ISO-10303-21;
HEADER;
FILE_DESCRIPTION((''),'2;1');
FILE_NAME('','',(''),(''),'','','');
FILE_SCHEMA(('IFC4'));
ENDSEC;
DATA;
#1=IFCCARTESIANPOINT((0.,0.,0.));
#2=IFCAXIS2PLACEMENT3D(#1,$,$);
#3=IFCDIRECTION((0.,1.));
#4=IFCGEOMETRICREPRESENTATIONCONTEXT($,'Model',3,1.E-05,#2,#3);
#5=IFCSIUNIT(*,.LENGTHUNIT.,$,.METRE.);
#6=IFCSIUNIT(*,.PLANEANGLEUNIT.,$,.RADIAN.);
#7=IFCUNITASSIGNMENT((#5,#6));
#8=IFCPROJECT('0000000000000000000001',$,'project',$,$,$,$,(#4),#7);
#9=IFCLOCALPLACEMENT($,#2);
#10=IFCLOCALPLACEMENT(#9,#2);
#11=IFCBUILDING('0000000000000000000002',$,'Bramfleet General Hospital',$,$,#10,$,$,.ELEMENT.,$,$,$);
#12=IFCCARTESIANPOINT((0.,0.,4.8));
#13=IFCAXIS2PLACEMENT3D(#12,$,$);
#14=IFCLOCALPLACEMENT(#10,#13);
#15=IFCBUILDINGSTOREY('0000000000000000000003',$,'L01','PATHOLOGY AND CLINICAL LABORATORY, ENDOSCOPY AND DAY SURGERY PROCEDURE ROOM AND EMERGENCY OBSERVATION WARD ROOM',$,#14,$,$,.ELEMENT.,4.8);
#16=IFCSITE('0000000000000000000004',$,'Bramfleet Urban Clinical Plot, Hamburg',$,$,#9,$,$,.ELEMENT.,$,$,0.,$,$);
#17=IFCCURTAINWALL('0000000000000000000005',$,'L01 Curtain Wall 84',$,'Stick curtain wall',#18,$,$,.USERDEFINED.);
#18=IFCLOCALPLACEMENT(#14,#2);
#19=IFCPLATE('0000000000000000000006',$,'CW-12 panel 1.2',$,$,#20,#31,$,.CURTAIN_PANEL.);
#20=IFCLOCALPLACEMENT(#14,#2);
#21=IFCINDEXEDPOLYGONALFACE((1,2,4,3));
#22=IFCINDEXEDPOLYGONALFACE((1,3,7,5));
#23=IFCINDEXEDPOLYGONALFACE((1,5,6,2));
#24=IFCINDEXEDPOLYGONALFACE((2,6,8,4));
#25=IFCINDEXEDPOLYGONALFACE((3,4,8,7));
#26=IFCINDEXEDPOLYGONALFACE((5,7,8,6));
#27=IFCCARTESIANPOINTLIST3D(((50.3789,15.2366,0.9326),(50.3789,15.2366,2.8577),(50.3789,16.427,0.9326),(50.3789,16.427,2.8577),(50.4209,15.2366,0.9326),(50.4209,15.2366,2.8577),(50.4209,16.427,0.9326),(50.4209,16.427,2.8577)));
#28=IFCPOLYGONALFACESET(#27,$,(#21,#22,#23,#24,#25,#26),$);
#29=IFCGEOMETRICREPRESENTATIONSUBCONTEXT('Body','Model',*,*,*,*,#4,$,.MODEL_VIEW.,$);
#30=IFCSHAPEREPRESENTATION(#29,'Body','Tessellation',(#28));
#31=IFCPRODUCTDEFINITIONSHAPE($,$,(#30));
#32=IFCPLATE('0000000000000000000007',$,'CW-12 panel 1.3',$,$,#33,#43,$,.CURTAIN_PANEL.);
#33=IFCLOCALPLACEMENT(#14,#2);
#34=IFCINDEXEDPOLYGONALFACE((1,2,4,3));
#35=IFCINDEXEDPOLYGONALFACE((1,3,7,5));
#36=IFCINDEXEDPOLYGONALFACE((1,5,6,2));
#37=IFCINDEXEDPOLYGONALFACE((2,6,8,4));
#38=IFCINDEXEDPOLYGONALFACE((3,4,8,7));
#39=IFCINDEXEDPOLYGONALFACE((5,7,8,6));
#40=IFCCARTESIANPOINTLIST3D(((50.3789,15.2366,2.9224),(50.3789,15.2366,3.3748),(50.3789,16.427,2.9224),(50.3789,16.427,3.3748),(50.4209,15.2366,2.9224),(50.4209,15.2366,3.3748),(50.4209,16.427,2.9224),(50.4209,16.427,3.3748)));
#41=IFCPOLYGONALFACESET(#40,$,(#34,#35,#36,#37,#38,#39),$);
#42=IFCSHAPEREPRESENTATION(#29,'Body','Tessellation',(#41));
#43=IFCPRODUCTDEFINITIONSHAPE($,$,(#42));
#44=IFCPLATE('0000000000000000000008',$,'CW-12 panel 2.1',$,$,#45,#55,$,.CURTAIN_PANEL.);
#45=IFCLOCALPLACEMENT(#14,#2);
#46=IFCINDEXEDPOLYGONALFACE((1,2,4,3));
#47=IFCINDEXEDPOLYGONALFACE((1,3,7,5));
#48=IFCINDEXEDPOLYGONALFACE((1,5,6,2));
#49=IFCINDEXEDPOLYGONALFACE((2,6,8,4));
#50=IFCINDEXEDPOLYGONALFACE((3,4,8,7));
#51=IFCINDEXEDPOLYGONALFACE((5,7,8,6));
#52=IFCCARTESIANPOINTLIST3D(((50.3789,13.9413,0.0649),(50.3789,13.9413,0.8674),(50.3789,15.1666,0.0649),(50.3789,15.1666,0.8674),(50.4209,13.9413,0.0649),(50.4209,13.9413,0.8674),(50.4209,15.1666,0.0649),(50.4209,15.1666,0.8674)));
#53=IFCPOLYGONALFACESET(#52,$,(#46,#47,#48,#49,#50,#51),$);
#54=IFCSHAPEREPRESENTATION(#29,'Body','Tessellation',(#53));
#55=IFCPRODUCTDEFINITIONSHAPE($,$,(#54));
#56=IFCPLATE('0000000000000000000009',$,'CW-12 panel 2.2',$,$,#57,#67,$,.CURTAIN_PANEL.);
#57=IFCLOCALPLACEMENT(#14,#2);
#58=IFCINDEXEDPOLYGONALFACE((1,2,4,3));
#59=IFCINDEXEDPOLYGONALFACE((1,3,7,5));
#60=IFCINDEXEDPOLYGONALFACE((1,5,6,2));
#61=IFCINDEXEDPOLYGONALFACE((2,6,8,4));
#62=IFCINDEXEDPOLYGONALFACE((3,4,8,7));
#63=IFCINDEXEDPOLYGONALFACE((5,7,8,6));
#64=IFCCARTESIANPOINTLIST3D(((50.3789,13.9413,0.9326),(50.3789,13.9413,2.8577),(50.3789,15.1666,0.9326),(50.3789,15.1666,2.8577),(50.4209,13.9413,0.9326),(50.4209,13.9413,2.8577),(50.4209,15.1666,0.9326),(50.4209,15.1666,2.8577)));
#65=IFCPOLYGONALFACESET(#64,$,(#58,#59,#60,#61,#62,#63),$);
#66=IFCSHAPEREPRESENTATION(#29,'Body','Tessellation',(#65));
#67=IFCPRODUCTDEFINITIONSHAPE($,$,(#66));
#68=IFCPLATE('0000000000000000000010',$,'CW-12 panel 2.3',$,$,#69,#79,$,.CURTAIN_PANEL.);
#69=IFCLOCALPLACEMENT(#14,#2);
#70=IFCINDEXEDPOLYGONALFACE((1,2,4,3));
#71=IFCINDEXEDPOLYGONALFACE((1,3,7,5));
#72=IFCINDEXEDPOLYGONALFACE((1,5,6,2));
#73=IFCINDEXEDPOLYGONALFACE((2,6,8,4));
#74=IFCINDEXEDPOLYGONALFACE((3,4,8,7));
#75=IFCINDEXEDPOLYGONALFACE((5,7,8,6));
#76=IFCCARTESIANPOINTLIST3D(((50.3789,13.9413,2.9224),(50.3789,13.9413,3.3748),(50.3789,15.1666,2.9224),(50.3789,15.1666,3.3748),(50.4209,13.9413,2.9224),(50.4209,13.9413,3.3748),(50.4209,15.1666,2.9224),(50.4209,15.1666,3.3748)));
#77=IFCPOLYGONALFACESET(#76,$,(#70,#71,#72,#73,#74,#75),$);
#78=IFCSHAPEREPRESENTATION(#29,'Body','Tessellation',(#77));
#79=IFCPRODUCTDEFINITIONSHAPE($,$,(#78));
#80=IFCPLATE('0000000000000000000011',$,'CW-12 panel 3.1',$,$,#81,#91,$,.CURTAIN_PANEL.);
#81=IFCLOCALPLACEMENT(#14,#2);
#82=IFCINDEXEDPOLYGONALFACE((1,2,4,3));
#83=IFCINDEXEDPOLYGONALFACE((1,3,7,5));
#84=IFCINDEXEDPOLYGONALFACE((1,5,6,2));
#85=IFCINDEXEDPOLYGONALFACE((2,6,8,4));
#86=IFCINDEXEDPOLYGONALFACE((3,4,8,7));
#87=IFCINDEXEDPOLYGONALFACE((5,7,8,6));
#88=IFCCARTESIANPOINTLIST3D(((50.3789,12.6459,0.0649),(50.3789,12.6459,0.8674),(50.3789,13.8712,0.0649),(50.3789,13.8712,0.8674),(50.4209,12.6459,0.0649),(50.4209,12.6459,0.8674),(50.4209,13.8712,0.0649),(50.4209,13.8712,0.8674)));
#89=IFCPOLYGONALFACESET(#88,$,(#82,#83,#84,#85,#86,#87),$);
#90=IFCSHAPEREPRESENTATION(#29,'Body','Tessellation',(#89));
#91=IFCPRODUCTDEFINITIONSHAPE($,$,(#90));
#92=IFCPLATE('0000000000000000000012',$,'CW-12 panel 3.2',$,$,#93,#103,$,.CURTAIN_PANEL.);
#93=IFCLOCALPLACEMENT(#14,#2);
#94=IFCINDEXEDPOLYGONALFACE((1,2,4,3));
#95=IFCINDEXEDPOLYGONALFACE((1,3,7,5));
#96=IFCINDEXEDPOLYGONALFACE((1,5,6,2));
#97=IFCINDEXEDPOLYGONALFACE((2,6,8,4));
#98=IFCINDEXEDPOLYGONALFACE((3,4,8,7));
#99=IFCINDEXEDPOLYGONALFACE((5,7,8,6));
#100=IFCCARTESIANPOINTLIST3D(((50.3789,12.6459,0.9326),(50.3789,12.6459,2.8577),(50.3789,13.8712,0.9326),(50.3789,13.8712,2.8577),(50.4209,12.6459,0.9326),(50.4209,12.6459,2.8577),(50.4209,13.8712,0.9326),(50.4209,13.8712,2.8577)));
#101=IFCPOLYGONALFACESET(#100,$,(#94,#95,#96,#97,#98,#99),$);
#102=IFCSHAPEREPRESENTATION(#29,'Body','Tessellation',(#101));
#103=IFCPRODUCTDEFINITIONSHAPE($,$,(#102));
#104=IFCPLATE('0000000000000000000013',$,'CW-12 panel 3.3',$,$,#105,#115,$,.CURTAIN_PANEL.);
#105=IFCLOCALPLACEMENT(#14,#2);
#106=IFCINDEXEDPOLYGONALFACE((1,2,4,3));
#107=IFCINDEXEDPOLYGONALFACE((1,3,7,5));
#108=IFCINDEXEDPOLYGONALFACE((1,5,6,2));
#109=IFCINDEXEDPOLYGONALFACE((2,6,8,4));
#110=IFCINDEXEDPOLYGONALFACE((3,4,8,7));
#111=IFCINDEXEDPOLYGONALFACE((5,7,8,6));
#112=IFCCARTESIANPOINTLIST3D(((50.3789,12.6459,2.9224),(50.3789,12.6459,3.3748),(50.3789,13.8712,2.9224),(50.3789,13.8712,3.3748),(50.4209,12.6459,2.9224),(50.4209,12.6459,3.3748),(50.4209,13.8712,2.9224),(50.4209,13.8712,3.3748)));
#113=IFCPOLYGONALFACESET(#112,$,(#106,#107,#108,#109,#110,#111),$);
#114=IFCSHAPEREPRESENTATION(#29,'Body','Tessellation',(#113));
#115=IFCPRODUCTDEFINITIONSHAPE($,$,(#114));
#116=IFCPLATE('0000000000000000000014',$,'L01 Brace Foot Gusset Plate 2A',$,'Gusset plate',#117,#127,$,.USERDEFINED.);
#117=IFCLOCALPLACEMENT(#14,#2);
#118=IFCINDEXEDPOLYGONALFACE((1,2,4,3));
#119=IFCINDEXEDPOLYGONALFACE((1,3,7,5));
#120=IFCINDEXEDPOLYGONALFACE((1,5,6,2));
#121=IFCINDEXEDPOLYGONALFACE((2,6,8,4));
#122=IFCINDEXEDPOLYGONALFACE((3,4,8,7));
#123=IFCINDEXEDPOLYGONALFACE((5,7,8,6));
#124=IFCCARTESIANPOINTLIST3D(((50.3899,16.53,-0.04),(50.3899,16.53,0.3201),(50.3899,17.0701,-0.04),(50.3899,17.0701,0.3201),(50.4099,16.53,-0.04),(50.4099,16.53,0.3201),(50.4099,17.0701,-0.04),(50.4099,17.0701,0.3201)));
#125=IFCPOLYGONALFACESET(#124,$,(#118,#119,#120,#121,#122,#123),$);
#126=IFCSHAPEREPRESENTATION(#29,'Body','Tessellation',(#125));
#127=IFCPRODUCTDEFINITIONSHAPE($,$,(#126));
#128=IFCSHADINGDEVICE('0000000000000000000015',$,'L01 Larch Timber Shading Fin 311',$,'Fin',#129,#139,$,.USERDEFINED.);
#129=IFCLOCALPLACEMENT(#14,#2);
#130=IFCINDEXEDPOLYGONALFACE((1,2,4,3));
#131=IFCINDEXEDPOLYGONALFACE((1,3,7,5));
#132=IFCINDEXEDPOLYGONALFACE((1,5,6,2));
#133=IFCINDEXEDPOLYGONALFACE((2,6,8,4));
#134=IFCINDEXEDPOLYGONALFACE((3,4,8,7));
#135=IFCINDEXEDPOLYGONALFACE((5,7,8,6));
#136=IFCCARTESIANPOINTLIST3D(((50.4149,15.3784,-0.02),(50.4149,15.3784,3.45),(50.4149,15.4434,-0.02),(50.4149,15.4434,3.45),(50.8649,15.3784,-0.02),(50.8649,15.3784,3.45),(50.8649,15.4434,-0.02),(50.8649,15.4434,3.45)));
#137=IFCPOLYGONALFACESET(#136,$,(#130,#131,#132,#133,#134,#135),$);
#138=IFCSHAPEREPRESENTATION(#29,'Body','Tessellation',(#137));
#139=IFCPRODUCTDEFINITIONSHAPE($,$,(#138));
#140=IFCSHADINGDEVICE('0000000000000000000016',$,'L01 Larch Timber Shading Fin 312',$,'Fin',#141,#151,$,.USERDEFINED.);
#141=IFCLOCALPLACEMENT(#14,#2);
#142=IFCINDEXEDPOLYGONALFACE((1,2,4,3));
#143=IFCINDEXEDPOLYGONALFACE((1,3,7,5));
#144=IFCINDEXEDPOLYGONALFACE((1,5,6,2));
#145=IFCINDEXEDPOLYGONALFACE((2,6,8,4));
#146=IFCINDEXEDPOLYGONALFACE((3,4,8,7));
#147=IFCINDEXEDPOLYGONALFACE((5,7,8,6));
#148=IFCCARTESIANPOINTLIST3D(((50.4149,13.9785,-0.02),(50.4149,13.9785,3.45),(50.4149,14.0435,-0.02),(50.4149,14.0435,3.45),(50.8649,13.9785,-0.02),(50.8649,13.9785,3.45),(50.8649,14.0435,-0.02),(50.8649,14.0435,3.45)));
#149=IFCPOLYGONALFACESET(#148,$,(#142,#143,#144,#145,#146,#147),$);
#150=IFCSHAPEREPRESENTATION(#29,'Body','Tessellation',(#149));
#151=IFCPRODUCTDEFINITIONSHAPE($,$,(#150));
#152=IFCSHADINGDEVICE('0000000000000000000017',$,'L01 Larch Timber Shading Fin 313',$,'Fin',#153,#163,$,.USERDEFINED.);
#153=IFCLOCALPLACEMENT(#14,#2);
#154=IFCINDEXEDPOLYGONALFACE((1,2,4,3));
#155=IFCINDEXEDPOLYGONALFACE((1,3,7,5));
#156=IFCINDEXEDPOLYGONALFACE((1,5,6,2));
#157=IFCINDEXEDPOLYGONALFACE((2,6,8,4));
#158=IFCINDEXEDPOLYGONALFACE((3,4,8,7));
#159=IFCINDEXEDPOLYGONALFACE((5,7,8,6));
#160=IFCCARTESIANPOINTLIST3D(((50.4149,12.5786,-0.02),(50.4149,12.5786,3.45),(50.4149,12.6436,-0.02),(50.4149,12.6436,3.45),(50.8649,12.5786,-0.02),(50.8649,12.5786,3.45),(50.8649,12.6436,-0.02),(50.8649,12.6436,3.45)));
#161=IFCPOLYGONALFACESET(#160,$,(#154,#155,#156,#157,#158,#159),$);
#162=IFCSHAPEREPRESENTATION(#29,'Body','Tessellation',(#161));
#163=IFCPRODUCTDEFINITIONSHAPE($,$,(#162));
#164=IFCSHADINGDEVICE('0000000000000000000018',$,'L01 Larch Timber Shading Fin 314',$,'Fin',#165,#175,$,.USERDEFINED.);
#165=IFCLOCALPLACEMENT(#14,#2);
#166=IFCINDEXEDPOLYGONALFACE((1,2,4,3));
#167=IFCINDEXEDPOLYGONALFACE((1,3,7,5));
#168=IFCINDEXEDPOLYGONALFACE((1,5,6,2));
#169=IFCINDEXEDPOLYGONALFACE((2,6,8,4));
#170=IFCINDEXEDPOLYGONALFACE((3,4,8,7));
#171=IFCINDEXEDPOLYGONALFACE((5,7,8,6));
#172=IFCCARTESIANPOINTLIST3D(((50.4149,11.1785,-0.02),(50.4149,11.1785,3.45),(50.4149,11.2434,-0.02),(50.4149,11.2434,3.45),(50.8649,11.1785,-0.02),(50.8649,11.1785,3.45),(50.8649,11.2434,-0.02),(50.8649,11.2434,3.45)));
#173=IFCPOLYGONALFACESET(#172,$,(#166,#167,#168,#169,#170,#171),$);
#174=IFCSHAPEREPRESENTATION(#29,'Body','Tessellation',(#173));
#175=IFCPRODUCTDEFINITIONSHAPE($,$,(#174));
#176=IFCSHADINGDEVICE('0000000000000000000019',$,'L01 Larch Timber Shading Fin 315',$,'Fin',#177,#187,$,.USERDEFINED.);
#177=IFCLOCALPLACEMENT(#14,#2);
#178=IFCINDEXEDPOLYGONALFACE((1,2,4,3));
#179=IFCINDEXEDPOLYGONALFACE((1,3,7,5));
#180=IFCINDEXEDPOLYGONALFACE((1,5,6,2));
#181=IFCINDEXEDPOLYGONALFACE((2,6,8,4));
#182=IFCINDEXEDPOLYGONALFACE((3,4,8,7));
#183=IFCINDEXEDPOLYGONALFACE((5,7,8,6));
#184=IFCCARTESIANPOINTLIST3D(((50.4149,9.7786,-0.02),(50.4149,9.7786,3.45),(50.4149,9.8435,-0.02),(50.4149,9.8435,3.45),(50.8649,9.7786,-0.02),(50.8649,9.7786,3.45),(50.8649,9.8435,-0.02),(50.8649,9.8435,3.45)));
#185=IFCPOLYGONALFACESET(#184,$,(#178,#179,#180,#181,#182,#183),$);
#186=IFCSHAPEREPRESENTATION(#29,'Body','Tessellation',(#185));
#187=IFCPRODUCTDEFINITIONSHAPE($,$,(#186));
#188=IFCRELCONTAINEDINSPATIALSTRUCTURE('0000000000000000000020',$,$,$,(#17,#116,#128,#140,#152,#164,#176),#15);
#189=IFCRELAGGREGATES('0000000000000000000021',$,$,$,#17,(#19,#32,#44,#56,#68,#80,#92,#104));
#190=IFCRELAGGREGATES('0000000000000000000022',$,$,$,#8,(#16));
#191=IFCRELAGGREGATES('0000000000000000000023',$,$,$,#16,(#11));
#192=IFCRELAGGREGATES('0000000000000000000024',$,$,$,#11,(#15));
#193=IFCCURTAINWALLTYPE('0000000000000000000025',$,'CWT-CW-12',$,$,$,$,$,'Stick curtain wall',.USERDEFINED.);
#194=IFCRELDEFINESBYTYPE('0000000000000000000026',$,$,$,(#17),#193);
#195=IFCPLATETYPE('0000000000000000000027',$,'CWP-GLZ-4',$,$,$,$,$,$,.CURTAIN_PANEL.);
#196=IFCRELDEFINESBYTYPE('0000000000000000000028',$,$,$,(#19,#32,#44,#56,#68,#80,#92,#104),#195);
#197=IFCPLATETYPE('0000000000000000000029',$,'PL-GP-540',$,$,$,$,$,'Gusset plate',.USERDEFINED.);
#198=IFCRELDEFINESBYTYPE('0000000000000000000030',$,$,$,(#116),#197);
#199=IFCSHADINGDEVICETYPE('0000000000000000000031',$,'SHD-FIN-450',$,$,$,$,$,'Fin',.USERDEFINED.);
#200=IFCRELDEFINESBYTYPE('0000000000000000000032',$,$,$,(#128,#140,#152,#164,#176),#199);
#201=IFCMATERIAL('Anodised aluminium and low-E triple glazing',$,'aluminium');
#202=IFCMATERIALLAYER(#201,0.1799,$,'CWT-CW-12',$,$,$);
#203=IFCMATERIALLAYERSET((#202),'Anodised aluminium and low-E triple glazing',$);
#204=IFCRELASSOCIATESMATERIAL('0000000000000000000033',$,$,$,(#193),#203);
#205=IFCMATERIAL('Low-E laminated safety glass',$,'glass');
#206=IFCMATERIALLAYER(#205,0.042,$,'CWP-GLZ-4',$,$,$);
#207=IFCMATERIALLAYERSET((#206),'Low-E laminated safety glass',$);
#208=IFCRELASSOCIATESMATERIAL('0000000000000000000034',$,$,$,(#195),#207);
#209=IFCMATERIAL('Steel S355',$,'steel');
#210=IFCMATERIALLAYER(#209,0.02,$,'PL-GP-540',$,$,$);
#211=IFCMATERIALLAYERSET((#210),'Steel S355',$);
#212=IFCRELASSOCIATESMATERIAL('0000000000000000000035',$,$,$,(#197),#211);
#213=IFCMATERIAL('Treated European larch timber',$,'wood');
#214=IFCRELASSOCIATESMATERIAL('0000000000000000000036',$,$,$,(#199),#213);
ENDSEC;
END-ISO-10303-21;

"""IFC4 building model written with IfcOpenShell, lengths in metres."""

from ifc_helpers import new_model, si_unit, direction, frame, origin, origin_2d, place, context, subcontext, project, spatial, rectangle, extrude, material, layer, layer_set, material_profile, profile_set, type_object, element, aggregate, save


model = new_model("IFC4")

# Units and contexts
model_context = context("Model", 3, precision=1e-05, world=origin(), true_north=direction((0.0, 1.0)))
body_context = subcontext(model_context, "Body", "Model", "MODEL_VIEW")
ifc_project = project(units=[si_unit("LENGTHUNIT", "METRE"), si_unit("PLANEANGLEUNIT", "RADIAN")], contexts=[model_context])

# Site, building, storey
site_placement = place(None, origin())
site = spatial("IfcSite", under=ifc_project, at=site_placement, Name="Bramfleet Urban Clinical Plot, Hamburg", CompositionType="ELEMENT", RefElevation=0.0)
building_placement = place(site_placement, origin())
building = spatial("IfcBuilding", under=site, at=building_placement, Name="Bramfleet General Hospital", CompositionType="ELEMENT")
storey_placement = place(building_placement, frame((0.0, 0.0, 4.8)))
storey = spatial("IfcBuildingStorey", under=building, at=storey_placement, Name="L01", Description="PATHOLOGY AND CLINICAL LABORATORY, ENDOSCOPY AND DAY SURGERY PROCEDURE ROOM AND EMERGENCY OBSERVATION WARD ROOM", CompositionType="ELEMENT", Elevation=4.8)

# Shared definitions
ifc_material_1 = material(Name="Steel S355", Category="steel")

# Shared definitions
ifc_material_2 = material(Name="Anodised aluminium and low-E triple glazing", Category="aluminium")

# Curtain wall
ifc_layer_1 = layer(ifc_material_2, 0.1799, Name="CWT-CW-12")
ifc_layer_set_1 = layer_set([ifc_layer_1], Name="Anodised aluminium and low-E triple glazing")
curtain_wall_type_1 = type_object("IfcCurtainWallType", Name="CWT-CW-12", ElementType="Stick curtain wall", PredefinedType="USERDEFINED", material=ifc_layer_set_1)
curtain_wall_1_placement = place(storey_placement, origin())
curtain_wall_1 = element("IfcCurtainWall", 1, at=curtain_wall_1_placement, inside=storey, type_object=curtain_wall_type_1, Name="L01 Curtain Wall 84", ObjectType="Stick curtain wall", PredefinedType="USERDEFINED")

# Plates
ifc_material_3 = material(Name="Low-E laminated safety glass", Category="glass")
ifc_layer_2 = layer(ifc_material_3, 0.042, Name="CWP-GLZ-4")
ifc_layer_set_2 = layer_set([ifc_layer_2], Name="Low-E laminated safety glass")
plate_type_1 = type_object("IfcPlateType", Name="CWP-GLZ-4", PredefinedType="CURTAIN_PANEL", material=ifc_layer_set_2)
plate_1_placement = place(storey_placement, frame((50.3999, 15.8318, 0.9326), z_axis=(0.0, 0.0, 1.0), x_axis=(0.0, -1.0, 0.0)))
plate_1 = element("IfcPlate", 2, at=plate_1_placement, type_object=plate_type_1, Name="CW-12 panel 1.2", PredefinedType="CURTAIN_PANEL", context=body_context, shape_type="SweptSolid", body=[
    extrude(rectangle(XDim=1.1904, YDim=0.042, at=origin_2d()), origin(), (0.0, 0.0, 1.0), 1.925),
])
plate_2_placement = place(storey_placement, frame((50.3999, 15.8318, 2.9224), z_axis=(0.0, 0.0, 1.0), x_axis=(0.0, -1.0, 0.0)))
plate_2 = element("IfcPlate", 3, at=plate_2_placement, type_object=plate_type_1, Name="CW-12 panel 1.3", PredefinedType="CURTAIN_PANEL", context=body_context, shape_type="SweptSolid", body=[
    extrude(rectangle(XDim=1.1904, YDim=0.042, at=origin_2d()), origin(), (0.0, 0.0, 1.0), 0.4524),
])
plate_3_placement = place(storey_placement, frame((50.3999, 14.554, 0.0649), z_axis=(0.0, 0.0, 1.0), x_axis=(0.0, -1.0, 0.0)))
plate_3 = element("IfcPlate", 4, at=plate_3_placement, type_object=plate_type_1, Name="CW-12 panel 2.1", PredefinedType="CURTAIN_PANEL", context=body_context, shape_type="SweptSolid", body=[
    extrude(rectangle(XDim=1.2253, YDim=0.042, at=origin_2d()), origin(), (0.0, 0.0, 1.0), 0.8025),
])
plate_4_placement = place(storey_placement, frame((50.3999, 14.554, 0.9326), z_axis=(0.0, 0.0, 1.0), x_axis=(0.0, -1.0, 0.0)))
plate_4 = element("IfcPlate", 5, at=plate_4_placement, type_object=plate_type_1, Name="CW-12 panel 2.2", PredefinedType="CURTAIN_PANEL", context=body_context, shape_type="SweptSolid", body=[
    extrude(rectangle(XDim=1.2253, YDim=0.042, at=origin_2d()), origin(), (0.0, 0.0, 1.0), 1.925),
])
plate_5_placement = place(storey_placement, frame((50.3999, 14.554, 2.9224), z_axis=(0.0, 0.0, 1.0), x_axis=(0.0, -1.0, 0.0)))
plate_5 = element("IfcPlate", 6, at=plate_5_placement, type_object=plate_type_1, Name="CW-12 panel 2.3", PredefinedType="CURTAIN_PANEL", context=body_context, shape_type="SweptSolid", body=[
    extrude(rectangle(XDim=1.2253, YDim=0.042, at=origin_2d()), origin(), (0.0, 0.0, 1.0), 0.4524),
])
plate_6_placement = place(storey_placement, frame((50.3999, 13.2585, 0.0649), z_axis=(0.0, 0.0, 1.0), x_axis=(0.0, -1.0, 0.0)))
plate_6 = element("IfcPlate", 7, at=plate_6_placement, type_object=plate_type_1, Name="CW-12 panel 3.1", PredefinedType="CURTAIN_PANEL", context=body_context, shape_type="SweptSolid", body=[
    extrude(rectangle(XDim=1.2253, YDim=0.042, at=origin_2d()), origin(), (0.0, 0.0, 1.0), 0.8025),
])
plate_7_placement = place(storey_placement, frame((50.3999, 13.2585, 0.9326), z_axis=(0.0, 0.0, 1.0), x_axis=(0.0, -1.0, 0.0)))
plate_7 = element("IfcPlate", 8, at=plate_7_placement, type_object=plate_type_1, Name="CW-12 panel 3.2", PredefinedType="CURTAIN_PANEL", context=body_context, shape_type="SweptSolid", body=[
    extrude(rectangle(XDim=1.2253, YDim=0.042, at=origin_2d()), origin(), (0.0, 0.0, 1.0), 1.925),
])
plate_8_placement = place(storey_placement, frame((50.3999, 13.2585, 2.9224), z_axis=(0.0, 0.0, 1.0), x_axis=(0.0, -1.0, 0.0)))
plate_8 = element("IfcPlate", 9, at=plate_8_placement, type_object=plate_type_1, Name="CW-12 panel 3.3", PredefinedType="CURTAIN_PANEL", context=body_context, shape_type="SweptSolid", body=[
    extrude(rectangle(XDim=1.2253, YDim=0.042, at=origin_2d()), origin(), (0.0, 0.0, 1.0), 0.4524),
])
aggregate(curtain_wall_1, [plate_1, plate_2, plate_3, plate_4, plate_5, plate_6, plate_7, plate_8])
ifc_layer_3 = layer(ifc_material_1, 0.02, Name="PL-GP-540")
ifc_layer_set_3 = layer_set([ifc_layer_3], Name="Steel S355")
plate_type_2 = type_object("IfcPlateType", Name="PL-GP-540", ElementType="Gusset plate", PredefinedType="USERDEFINED", material=ifc_layer_set_3)
plate_9_placement = place(storey_placement, frame((50.3999, 16.8, -0.04), z_axis=(0.0, 0.0, 1.0), x_axis=(1.0, 0.0, 0.0)))
element("IfcPlate", 10, at=plate_9_placement, inside=storey, type_object=plate_type_2, Name="L01 Brace Foot Gusset Plate 2A", ObjectType="Gusset plate", PredefinedType="USERDEFINED", context=body_context, shape_type="SweptSolid", body=[
    extrude(rectangle(XDim=0.02, YDim=0.54, at=origin_2d()), origin(), (0.0, 0.0, 1.0), 0.3601),
])

# Shading devices
ifc_material_4 = material(Name="Treated European larch timber", Category="wood")
ifc_material_profile_1 = material_profile(ifc_material_4, rectangle(XDim=0.0649, YDim=0.45, at=origin_2d()), Name="LARCH FIN 450x65")
ifc_profile_set_1 = profile_set([ifc_material_profile_1], Name="Treated European larch timber")
shading_device_type = type_object("IfcShadingDeviceType", Name="SHD-FIN-450", ElementType="Fin", PredefinedType="USERDEFINED", material=ifc_profile_set_1)
for number, where, z_axis, x_axis, name in (
    (11, (50.6399, 15.4109, -0.02), (0.0, 0.0, 1.0), (0.0, -1.0, 0.0), "L01 Larch Timber Shading Fin 311"),
    (12, (50.6399, 14.011, -0.02), (0.0, 0.0, 1.0), (0.0, -1.0, 0.0), "L01 Larch Timber Shading Fin 312"),
    (13, (50.6399, 12.6111, -0.02), (0.0, 0.0, 1.0), (0.0, -1.0, 0.0), "L01 Larch Timber Shading Fin 313"),
    (14, (50.6399, 11.2109, -0.02), (0.0, 0.0, 1.0), (0.0, -1.0, 0.0), "L01 Larch Timber Shading Fin 314"),
    (15, (50.6399, 9.811, -0.02), (0.0, 0.0, 1.0), (0.0, -1.0, 0.0), "L01 Larch Timber Shading Fin 315"),
):
    element("IfcShadingDevice", number, at=place(storey_placement, frame(where, z_axis=z_axis, x_axis=x_axis)), inside=storey, type_object=shading_device_type, Name=name, ObjectType="Fin", PredefinedType="USERDEFINED", context=body_context, shape_type="SweptSolid", body=[
        extrude(rectangle(XDim=0.0649, YDim=0.45, at=origin_2d()), origin(), (0.0, 0.0, 1.0), 3.47),
    ])

save(model, "model.ifc")
